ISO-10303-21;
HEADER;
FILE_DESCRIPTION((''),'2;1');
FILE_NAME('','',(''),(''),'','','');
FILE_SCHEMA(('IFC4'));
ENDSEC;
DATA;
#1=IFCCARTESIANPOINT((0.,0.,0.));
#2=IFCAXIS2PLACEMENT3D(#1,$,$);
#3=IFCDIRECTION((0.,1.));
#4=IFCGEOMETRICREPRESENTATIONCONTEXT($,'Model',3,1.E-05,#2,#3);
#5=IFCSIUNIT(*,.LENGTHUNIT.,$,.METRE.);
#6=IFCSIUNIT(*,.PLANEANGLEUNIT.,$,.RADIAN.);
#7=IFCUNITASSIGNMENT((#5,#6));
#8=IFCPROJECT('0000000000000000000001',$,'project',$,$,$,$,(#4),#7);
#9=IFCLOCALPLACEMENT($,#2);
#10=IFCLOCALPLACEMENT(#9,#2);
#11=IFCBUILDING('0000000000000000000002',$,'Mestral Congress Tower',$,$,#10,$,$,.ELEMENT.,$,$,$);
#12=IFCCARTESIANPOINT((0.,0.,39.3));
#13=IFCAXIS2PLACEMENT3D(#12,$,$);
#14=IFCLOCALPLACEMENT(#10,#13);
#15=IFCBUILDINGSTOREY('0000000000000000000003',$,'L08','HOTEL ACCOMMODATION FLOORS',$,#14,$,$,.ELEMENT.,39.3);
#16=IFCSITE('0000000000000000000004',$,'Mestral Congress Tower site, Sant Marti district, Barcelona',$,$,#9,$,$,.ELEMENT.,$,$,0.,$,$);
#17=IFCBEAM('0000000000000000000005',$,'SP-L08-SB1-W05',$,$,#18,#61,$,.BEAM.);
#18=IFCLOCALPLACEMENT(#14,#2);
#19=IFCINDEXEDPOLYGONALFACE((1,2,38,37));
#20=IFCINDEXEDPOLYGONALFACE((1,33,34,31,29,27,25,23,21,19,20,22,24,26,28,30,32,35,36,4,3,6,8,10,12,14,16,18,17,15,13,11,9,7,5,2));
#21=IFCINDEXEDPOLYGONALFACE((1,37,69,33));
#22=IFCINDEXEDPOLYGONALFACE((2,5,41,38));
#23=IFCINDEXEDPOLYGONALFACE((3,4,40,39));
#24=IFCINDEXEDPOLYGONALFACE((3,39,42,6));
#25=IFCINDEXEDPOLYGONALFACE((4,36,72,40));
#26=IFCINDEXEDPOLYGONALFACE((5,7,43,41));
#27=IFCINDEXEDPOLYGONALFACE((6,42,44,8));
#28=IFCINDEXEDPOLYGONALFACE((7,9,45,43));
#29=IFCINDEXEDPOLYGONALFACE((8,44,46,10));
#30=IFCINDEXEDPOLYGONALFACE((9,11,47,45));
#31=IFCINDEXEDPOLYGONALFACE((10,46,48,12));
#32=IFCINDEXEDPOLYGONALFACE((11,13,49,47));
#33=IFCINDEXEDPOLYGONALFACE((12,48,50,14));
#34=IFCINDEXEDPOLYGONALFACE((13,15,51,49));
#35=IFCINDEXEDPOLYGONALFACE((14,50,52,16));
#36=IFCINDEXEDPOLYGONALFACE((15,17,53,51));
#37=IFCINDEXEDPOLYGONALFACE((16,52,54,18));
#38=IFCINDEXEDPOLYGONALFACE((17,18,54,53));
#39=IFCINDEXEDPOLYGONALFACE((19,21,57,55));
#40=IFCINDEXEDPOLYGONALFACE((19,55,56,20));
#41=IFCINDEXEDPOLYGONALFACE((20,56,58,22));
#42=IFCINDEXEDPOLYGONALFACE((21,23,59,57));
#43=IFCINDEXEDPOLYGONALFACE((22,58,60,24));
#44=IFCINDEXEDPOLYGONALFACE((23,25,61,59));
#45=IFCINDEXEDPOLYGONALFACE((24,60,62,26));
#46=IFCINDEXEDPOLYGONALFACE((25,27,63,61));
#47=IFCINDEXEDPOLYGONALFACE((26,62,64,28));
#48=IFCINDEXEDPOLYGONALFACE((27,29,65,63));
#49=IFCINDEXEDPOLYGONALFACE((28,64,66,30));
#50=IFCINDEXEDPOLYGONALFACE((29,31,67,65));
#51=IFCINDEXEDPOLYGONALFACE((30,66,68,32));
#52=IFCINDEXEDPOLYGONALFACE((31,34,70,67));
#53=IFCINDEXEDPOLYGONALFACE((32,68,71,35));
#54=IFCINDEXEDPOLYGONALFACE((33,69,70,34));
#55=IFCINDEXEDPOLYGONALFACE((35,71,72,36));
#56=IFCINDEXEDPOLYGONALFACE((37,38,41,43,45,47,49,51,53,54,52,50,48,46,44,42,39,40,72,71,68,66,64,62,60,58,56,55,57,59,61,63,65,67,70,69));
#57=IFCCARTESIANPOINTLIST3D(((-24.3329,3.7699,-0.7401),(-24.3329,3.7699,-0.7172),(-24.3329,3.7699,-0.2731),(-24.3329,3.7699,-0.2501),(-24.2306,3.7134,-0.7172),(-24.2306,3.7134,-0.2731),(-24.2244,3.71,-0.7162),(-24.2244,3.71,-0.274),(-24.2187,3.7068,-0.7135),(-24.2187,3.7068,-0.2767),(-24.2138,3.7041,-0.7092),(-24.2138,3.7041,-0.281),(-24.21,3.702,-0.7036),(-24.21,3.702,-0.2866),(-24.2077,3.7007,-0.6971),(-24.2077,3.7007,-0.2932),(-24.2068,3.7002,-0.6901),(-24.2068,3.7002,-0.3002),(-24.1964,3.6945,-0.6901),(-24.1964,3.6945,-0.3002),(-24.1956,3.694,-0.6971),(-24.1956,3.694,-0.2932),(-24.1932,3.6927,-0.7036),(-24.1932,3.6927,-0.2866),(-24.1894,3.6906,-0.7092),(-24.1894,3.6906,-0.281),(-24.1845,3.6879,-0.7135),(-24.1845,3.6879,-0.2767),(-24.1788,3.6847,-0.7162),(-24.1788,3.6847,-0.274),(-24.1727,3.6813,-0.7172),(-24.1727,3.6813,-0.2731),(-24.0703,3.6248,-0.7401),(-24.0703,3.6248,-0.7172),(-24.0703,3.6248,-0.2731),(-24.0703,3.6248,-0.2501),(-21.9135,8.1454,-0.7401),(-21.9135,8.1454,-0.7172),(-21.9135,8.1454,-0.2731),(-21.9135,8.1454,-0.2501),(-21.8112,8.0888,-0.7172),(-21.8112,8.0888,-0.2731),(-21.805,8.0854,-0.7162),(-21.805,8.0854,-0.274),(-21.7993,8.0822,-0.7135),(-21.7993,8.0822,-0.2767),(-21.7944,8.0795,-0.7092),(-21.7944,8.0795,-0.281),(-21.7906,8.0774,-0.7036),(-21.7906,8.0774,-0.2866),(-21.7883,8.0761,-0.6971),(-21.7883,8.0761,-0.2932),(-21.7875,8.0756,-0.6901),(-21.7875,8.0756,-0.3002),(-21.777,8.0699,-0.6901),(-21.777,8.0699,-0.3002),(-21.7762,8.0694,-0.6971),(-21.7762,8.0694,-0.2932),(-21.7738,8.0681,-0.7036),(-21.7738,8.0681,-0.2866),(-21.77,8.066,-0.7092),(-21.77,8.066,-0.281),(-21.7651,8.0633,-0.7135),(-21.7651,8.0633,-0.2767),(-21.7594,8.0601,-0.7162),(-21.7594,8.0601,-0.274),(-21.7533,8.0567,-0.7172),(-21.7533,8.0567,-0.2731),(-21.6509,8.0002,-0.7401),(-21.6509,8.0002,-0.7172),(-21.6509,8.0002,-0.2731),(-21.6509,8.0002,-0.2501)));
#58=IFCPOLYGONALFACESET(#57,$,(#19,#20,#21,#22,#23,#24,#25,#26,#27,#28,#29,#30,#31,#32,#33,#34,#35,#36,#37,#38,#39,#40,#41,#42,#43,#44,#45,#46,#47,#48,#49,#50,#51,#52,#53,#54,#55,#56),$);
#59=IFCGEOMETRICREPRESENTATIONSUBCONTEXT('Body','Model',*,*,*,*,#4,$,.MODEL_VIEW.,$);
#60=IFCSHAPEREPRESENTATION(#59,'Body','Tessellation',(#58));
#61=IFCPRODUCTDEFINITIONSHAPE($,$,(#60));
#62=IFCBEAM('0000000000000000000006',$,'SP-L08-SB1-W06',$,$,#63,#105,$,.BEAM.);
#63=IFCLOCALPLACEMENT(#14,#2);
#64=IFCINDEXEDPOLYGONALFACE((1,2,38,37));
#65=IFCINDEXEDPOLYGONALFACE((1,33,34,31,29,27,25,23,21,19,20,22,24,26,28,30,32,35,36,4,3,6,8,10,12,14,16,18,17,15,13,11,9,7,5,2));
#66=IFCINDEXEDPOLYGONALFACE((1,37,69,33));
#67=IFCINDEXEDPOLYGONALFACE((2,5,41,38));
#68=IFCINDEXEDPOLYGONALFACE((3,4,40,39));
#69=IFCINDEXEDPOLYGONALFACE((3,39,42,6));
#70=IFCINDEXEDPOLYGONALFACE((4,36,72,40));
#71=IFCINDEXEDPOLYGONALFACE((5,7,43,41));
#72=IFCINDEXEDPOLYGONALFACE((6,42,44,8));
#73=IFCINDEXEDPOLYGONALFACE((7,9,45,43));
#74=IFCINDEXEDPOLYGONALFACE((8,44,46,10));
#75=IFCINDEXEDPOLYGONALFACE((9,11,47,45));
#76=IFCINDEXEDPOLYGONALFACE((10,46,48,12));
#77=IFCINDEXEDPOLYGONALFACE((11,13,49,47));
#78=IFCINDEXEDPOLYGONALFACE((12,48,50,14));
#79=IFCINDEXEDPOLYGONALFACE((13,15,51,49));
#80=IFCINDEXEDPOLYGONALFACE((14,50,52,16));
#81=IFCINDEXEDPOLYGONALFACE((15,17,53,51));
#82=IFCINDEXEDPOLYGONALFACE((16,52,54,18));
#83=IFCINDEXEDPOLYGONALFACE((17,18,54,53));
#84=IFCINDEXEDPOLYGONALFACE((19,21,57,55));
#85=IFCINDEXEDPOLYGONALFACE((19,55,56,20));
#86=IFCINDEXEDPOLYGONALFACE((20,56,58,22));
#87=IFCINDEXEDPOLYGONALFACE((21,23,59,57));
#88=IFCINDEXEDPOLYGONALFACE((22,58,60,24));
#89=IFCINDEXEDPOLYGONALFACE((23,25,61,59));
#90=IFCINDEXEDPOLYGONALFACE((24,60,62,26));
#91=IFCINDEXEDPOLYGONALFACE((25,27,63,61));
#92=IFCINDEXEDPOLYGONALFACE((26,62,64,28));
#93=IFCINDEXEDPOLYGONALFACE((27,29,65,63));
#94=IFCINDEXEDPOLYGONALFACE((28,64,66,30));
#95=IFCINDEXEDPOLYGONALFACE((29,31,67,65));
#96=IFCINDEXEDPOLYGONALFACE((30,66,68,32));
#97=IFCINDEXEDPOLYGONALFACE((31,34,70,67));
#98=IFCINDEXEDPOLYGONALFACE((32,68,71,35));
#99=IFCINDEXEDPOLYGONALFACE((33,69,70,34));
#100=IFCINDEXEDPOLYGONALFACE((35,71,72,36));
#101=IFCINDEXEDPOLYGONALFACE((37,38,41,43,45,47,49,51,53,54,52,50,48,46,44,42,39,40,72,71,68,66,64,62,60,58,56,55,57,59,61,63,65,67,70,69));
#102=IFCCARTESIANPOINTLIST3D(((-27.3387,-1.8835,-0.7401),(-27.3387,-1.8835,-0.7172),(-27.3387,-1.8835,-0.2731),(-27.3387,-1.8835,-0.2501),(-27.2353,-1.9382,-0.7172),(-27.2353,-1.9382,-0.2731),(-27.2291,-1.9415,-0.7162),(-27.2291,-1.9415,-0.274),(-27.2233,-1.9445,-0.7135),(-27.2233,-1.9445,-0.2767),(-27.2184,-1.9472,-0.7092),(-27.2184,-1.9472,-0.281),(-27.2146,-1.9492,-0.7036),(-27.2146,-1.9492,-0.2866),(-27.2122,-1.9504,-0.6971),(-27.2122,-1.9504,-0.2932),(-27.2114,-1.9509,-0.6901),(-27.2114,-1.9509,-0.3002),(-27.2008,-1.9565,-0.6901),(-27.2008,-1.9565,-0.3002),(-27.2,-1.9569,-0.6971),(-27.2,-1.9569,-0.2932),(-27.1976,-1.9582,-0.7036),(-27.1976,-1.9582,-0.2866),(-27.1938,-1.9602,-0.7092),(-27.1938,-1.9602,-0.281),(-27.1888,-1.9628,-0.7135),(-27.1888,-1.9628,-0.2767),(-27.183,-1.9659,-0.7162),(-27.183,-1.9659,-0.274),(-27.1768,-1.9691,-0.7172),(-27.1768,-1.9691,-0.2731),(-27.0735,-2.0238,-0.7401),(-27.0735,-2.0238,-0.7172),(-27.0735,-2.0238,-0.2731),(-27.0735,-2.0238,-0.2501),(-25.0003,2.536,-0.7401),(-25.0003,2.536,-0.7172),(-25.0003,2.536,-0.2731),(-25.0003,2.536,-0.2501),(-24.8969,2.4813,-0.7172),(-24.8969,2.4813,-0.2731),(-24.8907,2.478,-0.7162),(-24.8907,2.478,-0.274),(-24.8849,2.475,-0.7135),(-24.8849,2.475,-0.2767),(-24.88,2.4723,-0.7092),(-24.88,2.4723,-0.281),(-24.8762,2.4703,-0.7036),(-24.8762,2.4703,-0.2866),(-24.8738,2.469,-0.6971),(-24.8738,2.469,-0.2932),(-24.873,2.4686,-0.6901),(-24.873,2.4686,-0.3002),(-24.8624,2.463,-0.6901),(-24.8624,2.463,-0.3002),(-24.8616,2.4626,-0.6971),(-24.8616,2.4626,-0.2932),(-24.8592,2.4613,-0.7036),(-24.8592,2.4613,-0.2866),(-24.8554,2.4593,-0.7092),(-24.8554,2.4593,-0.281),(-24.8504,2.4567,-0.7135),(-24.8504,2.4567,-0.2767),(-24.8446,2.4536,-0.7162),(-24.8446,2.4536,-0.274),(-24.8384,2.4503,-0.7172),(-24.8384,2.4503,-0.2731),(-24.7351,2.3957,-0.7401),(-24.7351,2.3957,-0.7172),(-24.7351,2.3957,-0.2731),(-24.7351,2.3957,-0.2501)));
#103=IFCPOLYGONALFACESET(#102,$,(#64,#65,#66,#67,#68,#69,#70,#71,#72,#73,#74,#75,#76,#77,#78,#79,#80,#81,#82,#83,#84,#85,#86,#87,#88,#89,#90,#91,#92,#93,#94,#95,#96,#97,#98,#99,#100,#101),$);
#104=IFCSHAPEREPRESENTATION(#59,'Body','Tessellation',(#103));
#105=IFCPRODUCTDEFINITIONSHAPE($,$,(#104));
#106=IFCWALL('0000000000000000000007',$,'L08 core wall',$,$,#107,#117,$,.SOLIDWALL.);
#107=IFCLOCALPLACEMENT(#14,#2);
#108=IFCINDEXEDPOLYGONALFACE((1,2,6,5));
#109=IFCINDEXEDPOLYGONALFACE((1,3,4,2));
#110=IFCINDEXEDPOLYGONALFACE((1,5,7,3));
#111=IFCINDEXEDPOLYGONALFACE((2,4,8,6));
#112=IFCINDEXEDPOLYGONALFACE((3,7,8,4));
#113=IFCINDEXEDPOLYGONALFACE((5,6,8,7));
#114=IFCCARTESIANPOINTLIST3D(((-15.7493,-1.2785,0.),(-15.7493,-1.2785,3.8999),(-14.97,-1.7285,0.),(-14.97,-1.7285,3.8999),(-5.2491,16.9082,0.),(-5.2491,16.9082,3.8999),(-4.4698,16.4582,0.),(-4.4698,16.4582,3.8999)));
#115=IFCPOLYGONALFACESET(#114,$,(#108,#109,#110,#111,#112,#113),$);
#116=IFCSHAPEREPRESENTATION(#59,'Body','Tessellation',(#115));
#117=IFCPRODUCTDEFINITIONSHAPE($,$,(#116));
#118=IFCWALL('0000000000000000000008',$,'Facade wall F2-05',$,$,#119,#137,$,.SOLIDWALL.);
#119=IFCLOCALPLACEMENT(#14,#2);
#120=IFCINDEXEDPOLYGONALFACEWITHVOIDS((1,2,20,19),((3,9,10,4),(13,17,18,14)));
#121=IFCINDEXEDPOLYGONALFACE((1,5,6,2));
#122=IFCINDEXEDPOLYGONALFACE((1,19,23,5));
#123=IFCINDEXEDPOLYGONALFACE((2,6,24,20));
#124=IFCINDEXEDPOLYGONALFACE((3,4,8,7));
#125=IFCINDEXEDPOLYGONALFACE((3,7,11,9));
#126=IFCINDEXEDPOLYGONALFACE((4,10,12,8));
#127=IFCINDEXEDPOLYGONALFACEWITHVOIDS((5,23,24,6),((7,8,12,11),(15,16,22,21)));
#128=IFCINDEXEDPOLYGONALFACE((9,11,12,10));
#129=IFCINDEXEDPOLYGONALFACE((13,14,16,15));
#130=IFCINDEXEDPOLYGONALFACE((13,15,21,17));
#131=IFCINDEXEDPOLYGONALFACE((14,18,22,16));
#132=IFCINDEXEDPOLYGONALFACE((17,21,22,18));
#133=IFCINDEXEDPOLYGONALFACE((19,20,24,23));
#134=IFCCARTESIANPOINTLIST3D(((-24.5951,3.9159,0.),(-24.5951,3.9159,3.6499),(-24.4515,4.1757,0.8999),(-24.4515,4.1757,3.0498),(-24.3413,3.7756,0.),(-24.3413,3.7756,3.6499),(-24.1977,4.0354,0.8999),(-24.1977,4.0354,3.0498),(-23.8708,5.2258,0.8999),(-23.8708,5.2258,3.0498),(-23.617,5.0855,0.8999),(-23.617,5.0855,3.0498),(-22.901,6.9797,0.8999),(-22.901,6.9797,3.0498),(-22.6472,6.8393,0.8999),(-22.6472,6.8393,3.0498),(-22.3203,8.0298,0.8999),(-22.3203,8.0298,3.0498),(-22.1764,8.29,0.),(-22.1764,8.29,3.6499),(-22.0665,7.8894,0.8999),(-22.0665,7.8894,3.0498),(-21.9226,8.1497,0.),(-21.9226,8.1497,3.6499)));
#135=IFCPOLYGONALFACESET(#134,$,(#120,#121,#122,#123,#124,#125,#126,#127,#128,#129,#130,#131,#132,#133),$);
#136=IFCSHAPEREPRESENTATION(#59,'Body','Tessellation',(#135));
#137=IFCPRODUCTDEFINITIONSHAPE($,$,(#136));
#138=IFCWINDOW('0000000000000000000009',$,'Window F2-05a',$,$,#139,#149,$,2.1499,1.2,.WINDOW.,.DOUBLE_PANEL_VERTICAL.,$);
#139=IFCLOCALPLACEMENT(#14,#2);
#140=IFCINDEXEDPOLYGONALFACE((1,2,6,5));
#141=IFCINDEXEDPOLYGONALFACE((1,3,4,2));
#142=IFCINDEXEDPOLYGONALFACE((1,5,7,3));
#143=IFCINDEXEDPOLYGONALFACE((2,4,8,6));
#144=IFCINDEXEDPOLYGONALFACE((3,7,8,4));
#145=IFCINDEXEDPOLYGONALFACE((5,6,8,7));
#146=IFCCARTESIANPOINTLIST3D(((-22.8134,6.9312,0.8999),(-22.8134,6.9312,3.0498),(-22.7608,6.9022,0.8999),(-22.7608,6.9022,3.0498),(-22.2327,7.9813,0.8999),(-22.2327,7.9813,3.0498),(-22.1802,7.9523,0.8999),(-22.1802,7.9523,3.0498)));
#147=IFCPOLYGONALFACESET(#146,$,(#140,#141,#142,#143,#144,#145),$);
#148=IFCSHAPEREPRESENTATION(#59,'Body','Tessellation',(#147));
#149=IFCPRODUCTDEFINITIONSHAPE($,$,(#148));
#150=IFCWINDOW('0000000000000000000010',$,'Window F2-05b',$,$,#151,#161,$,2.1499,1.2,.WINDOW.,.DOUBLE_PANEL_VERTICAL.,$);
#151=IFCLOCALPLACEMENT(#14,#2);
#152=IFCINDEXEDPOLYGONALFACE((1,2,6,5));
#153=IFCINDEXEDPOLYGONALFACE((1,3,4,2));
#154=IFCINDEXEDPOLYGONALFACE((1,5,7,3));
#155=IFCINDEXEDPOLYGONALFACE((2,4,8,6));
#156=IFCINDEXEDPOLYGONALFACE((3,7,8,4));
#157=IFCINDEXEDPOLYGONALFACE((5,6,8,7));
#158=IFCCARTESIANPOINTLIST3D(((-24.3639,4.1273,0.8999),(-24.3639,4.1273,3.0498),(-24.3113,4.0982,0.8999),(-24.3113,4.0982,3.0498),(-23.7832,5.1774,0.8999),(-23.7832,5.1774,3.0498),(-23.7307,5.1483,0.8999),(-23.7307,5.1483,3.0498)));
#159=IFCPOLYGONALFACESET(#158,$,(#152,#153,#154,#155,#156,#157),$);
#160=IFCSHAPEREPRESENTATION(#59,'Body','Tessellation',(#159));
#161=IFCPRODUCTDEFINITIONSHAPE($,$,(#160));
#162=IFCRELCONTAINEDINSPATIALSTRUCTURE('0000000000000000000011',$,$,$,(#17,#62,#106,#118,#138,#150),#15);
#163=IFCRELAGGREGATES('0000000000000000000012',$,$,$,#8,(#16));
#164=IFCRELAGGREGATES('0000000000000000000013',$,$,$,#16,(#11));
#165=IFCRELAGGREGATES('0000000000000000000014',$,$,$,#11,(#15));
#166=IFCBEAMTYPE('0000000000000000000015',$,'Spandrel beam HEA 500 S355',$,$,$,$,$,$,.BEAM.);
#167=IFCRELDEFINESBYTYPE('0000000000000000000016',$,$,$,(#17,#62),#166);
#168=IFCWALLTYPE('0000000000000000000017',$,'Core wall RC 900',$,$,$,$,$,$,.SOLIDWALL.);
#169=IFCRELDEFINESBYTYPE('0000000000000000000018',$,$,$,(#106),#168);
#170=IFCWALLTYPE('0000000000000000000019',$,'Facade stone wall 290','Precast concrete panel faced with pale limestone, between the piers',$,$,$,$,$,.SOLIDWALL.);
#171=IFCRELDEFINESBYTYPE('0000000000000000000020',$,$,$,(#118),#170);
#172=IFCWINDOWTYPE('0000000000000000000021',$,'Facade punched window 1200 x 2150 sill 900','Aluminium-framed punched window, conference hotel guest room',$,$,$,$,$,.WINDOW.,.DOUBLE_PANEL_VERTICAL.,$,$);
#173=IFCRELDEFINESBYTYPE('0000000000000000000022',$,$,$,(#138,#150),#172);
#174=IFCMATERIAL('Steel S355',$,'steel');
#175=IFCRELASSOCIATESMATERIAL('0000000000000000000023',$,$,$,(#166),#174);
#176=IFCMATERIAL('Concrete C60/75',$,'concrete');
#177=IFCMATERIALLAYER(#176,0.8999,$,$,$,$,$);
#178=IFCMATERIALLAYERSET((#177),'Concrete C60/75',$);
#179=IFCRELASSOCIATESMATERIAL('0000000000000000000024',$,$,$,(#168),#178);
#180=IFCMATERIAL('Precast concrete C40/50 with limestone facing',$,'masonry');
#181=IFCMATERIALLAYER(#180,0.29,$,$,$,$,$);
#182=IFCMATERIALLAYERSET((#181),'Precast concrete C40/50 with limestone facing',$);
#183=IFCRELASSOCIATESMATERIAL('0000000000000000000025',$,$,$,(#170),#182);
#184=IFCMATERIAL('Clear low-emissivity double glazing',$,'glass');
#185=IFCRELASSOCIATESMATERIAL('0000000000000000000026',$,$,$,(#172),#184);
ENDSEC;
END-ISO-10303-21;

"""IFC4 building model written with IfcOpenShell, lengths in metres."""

from ifc_helpers import new_model, si_unit, direction, frame, frame_2d, origin, origin_2d, place, context, subcontext, project, spatial, rectangle, i_section, extrude, material, layer, layer_set, material_profile, profile_set, type_object, element, fill, save


model = new_model("IFC4")

# Units and contexts
model_context = context("Model", 3, precision=1e-05, world=origin(), true_north=direction((0.0, 1.0)))
body_context = subcontext(model_context, "Body", "Model", "MODEL_VIEW")
ifc_project = project(units=[si_unit("LENGTHUNIT", "METRE"), si_unit("PLANEANGLEUNIT", "RADIAN")], contexts=[model_context])

# Site, building, storey
site_placement = place(None, origin())
site = spatial("IfcSite", under=ifc_project, at=site_placement, Name="Mestral Congress Tower site, Sant Marti district, Barcelona", CompositionType="ELEMENT", RefElevation=0.0)
building_placement = place(site_placement, origin())
building = spatial("IfcBuilding", under=site, at=building_placement, Name="Mestral Congress Tower", CompositionType="ELEMENT")
storey_placement = place(building_placement, frame((0.0, 0.0, 39.3)))
storey = spatial("IfcBuildingStorey", under=building, at=storey_placement, Name="L08", Description="HOTEL ACCOMMODATION FLOORS", CompositionType="ELEMENT", Elevation=39.3)

# Beams
ifc_material_1 = material(Name="Steel S355", Category="steel")
ifc_material_profile_1 = material_profile(ifc_material_1, i_section(OverallWidth=0.3, OverallDepth=0.49, WebThickness=0.012, FlangeThickness=0.0229, FilletRadius=0.0271, at=origin_2d()), Name="HEA 500")
ifc_profile_set_1 = profile_set([ifc_material_profile_1], Name="Steel S355")
beam_type_1 = type_object("IfcBeamType", Name="Spandrel beam HEA 500 S355", PredefinedType="BEAM", material=ifc_profile_set_1)
beam_1_placement = place(storey_placement, frame((-21.7822, 8.0728, -0.4951), z_axis=(-0.483901, -0.875123, 0.0), x_axis=(0.875123, -0.483901, 0.0)))
element("IfcBeam", 1, at=beam_1_placement, inside=storey, type_object=beam_type_1, Name="SP-L08-SB1-W05", PredefinedType="BEAM", context=body_context, shape_type="SweptSolid", body=[
    extrude(i_section(OverallWidth=0.3, OverallDepth=0.49, WebThickness=0.012, FlangeThickness=0.0229, FilletRadius=0.0271, at=origin_2d()), origin(), (0.0, 0.0, 1.0), 4.9998),
])
beam_2_placement = place(storey_placement, frame((-24.8677, 2.4658, -0.4951), z_axis=(-0.467681, -0.883897, 0.0), x_axis=(0.883897, -0.467681, 0.0)))
element("IfcBeam", 2, at=beam_2_placement, inside=storey, type_object=beam_type_1, Name="SP-L08-SB1-W06", PredefinedType="BEAM", context=body_context, shape_type="SweptSolid", body=[
    extrude(i_section(OverallWidth=0.3, OverallDepth=0.49, WebThickness=0.012, FlangeThickness=0.0229, FilletRadius=0.0271, at=origin_2d()), origin(), (0.0, 0.0, 1.0), 5.0),
])

# Wall
ifc_material_2 = material(Name="Concrete C60/75", Category="concrete")
ifc_layer_1 = layer(ifc_material_2, 0.8999)
ifc_layer_set_1 = layer_set([ifc_layer_1], Name="Concrete C60/75")
wall_type_1 = type_object("IfcWallType", Name="Core wall RC 900", PredefinedType="SOLIDWALL", material=ifc_layer_set_1)
wall_1_placement = place(storey_placement, frame((-15.3596, -1.5034, 0.0), z_axis=(0.0, 0.0, 1.0), x_axis=(0.500004, 0.866023, 0.0)))
element("IfcWall", 3, at=wall_1_placement, inside=storey, type_object=wall_type_1, Name="L08 core wall", PredefinedType="SOLIDWALL", context=body_context, shape_type="SweptSolid", body=[
    extrude(rectangle(XDim=21.0002, YDim=0.8999, at=frame_2d((10.5, 0.0))), origin(), (0.0, 0.0, 1.0), 3.8999),
])

# Wall, openings, windows
ifc_material_3 = material(Name="Precast concrete C40/50 with limestone facing", Category="masonry")
ifc_layer_2 = layer(ifc_material_3, 0.29)
ifc_layer_set_2 = layer_set([ifc_layer_2], Name="Precast concrete C40/50 with limestone facing")
wall_type_2 = type_object("IfcWallType", Name="Facade stone wall 290", Description="Precast concrete panel faced with pale limestone, between the piers", PredefinedType="SOLIDWALL", material=ifc_layer_set_2)
wall_2_placement = place(storey_placement, frame((-22.0496, 8.2197, 0.0), z_axis=(0.0, 0.0, 1.0), x_axis=(-0.483913, -0.875116, 0.0)))
wall_2 = element("IfcWall", 4, at=wall_2_placement, inside=storey, type_object=wall_type_2, Name="Facade wall F2-05", PredefinedType="SOLIDWALL", context=body_context, shape_type="SweptSolid", body=[
    extrude(rectangle(XDim=4.9983, YDim=0.29, at=frame_2d((2.499, 0.0))), origin(), (0.0, 0.0, 1.0), 3.6499),
])
opening_1_placement = place(wall_2_placement, frame((0.2971, 0.0, 0.8999)))
opening_1 = element("IfcOpeningElement", 5, at=opening_1_placement, cuts=wall_2, PredefinedType="OPENING", context=body_context, shape_type="SweptSolid", body=[
    extrude(rectangle(XDim=1.2, YDim=2.1499, at=frame_2d((0.6001, 1.075))), frame((0.0, 0.155, 0.0), z_axis=(0.0, -1.0, 0.0), x_axis=(1.0, 0.0, 0.0)), (0.0, 0.0, 1.0), 0.3101),
])
opening_2_placement = place(wall_2_placement, frame((3.5012, 0.0, 0.8999)))
opening_2 = element("IfcOpeningElement", 6, at=opening_2_placement, cuts=wall_2, PredefinedType="OPENING", context=body_context, shape_type="SweptSolid", body=[
    extrude(rectangle(XDim=1.2, YDim=2.1499, at=frame_2d((0.6001, 1.075))), frame((0.0, 0.155, 0.0), z_axis=(0.0, -1.0, 0.0), x_axis=(1.0, 0.0, 0.0)), (0.0, 0.0, 1.0), 0.3101),
])
ifc_material_4 = material(Name="Clear low-emissivity double glazing", Category="glass")
window_type = type_object("IfcWindowType", Name="Facade punched window 1200 x 2150 sill 900", Description="Aluminium-framed punched window, conference hotel guest room", PartitioningType="DOUBLE_PANEL_VERTICAL", PredefinedType="WINDOW", material=ifc_material_4)
window_1_placement = place(opening_1_placement, origin())
window_1 = element("IfcWindow", 7, at=window_1_placement, inside=storey, type_object=window_type, Name="Window F2-05a", OverallHeight=2.1499, OverallWidth=1.2, PartitioningType="DOUBLE_PANEL_VERTICAL", PredefinedType="WINDOW", context=body_context, shape_type="SweptSolid", body=[
    extrude(rectangle(XDim=1.2, YDim=2.1499, at=frame_2d((0.6001, 1.075))), frame((0.0, 0.0151, 0.0), z_axis=(0.0, -1.0, 0.0), x_axis=(1.0, 0.0, 0.0)), (0.0, 0.0, 1.0), 0.0601),
])
fill(opening_1, window_1)
window_2_placement = place(opening_2_placement, origin())
window_2 = element("IfcWindow", 8, at=window_2_placement, inside=storey, type_object=window_type, Name="Window F2-05b", OverallHeight=2.1499, OverallWidth=1.2, PartitioningType="DOUBLE_PANEL_VERTICAL", PredefinedType="WINDOW", context=body_context, shape_type="SweptSolid", body=[
    extrude(rectangle(XDim=1.2, YDim=2.1499, at=frame_2d((0.6001, 1.075))), frame((0.0, 0.0151, 0.0), z_axis=(0.0, -1.0, 0.0), x_axis=(1.0, 0.0, 0.0)), (0.0, 0.0, 1.0), 0.0601),
])
fill(opening_2, window_2)

save(model, "model.ifc")
